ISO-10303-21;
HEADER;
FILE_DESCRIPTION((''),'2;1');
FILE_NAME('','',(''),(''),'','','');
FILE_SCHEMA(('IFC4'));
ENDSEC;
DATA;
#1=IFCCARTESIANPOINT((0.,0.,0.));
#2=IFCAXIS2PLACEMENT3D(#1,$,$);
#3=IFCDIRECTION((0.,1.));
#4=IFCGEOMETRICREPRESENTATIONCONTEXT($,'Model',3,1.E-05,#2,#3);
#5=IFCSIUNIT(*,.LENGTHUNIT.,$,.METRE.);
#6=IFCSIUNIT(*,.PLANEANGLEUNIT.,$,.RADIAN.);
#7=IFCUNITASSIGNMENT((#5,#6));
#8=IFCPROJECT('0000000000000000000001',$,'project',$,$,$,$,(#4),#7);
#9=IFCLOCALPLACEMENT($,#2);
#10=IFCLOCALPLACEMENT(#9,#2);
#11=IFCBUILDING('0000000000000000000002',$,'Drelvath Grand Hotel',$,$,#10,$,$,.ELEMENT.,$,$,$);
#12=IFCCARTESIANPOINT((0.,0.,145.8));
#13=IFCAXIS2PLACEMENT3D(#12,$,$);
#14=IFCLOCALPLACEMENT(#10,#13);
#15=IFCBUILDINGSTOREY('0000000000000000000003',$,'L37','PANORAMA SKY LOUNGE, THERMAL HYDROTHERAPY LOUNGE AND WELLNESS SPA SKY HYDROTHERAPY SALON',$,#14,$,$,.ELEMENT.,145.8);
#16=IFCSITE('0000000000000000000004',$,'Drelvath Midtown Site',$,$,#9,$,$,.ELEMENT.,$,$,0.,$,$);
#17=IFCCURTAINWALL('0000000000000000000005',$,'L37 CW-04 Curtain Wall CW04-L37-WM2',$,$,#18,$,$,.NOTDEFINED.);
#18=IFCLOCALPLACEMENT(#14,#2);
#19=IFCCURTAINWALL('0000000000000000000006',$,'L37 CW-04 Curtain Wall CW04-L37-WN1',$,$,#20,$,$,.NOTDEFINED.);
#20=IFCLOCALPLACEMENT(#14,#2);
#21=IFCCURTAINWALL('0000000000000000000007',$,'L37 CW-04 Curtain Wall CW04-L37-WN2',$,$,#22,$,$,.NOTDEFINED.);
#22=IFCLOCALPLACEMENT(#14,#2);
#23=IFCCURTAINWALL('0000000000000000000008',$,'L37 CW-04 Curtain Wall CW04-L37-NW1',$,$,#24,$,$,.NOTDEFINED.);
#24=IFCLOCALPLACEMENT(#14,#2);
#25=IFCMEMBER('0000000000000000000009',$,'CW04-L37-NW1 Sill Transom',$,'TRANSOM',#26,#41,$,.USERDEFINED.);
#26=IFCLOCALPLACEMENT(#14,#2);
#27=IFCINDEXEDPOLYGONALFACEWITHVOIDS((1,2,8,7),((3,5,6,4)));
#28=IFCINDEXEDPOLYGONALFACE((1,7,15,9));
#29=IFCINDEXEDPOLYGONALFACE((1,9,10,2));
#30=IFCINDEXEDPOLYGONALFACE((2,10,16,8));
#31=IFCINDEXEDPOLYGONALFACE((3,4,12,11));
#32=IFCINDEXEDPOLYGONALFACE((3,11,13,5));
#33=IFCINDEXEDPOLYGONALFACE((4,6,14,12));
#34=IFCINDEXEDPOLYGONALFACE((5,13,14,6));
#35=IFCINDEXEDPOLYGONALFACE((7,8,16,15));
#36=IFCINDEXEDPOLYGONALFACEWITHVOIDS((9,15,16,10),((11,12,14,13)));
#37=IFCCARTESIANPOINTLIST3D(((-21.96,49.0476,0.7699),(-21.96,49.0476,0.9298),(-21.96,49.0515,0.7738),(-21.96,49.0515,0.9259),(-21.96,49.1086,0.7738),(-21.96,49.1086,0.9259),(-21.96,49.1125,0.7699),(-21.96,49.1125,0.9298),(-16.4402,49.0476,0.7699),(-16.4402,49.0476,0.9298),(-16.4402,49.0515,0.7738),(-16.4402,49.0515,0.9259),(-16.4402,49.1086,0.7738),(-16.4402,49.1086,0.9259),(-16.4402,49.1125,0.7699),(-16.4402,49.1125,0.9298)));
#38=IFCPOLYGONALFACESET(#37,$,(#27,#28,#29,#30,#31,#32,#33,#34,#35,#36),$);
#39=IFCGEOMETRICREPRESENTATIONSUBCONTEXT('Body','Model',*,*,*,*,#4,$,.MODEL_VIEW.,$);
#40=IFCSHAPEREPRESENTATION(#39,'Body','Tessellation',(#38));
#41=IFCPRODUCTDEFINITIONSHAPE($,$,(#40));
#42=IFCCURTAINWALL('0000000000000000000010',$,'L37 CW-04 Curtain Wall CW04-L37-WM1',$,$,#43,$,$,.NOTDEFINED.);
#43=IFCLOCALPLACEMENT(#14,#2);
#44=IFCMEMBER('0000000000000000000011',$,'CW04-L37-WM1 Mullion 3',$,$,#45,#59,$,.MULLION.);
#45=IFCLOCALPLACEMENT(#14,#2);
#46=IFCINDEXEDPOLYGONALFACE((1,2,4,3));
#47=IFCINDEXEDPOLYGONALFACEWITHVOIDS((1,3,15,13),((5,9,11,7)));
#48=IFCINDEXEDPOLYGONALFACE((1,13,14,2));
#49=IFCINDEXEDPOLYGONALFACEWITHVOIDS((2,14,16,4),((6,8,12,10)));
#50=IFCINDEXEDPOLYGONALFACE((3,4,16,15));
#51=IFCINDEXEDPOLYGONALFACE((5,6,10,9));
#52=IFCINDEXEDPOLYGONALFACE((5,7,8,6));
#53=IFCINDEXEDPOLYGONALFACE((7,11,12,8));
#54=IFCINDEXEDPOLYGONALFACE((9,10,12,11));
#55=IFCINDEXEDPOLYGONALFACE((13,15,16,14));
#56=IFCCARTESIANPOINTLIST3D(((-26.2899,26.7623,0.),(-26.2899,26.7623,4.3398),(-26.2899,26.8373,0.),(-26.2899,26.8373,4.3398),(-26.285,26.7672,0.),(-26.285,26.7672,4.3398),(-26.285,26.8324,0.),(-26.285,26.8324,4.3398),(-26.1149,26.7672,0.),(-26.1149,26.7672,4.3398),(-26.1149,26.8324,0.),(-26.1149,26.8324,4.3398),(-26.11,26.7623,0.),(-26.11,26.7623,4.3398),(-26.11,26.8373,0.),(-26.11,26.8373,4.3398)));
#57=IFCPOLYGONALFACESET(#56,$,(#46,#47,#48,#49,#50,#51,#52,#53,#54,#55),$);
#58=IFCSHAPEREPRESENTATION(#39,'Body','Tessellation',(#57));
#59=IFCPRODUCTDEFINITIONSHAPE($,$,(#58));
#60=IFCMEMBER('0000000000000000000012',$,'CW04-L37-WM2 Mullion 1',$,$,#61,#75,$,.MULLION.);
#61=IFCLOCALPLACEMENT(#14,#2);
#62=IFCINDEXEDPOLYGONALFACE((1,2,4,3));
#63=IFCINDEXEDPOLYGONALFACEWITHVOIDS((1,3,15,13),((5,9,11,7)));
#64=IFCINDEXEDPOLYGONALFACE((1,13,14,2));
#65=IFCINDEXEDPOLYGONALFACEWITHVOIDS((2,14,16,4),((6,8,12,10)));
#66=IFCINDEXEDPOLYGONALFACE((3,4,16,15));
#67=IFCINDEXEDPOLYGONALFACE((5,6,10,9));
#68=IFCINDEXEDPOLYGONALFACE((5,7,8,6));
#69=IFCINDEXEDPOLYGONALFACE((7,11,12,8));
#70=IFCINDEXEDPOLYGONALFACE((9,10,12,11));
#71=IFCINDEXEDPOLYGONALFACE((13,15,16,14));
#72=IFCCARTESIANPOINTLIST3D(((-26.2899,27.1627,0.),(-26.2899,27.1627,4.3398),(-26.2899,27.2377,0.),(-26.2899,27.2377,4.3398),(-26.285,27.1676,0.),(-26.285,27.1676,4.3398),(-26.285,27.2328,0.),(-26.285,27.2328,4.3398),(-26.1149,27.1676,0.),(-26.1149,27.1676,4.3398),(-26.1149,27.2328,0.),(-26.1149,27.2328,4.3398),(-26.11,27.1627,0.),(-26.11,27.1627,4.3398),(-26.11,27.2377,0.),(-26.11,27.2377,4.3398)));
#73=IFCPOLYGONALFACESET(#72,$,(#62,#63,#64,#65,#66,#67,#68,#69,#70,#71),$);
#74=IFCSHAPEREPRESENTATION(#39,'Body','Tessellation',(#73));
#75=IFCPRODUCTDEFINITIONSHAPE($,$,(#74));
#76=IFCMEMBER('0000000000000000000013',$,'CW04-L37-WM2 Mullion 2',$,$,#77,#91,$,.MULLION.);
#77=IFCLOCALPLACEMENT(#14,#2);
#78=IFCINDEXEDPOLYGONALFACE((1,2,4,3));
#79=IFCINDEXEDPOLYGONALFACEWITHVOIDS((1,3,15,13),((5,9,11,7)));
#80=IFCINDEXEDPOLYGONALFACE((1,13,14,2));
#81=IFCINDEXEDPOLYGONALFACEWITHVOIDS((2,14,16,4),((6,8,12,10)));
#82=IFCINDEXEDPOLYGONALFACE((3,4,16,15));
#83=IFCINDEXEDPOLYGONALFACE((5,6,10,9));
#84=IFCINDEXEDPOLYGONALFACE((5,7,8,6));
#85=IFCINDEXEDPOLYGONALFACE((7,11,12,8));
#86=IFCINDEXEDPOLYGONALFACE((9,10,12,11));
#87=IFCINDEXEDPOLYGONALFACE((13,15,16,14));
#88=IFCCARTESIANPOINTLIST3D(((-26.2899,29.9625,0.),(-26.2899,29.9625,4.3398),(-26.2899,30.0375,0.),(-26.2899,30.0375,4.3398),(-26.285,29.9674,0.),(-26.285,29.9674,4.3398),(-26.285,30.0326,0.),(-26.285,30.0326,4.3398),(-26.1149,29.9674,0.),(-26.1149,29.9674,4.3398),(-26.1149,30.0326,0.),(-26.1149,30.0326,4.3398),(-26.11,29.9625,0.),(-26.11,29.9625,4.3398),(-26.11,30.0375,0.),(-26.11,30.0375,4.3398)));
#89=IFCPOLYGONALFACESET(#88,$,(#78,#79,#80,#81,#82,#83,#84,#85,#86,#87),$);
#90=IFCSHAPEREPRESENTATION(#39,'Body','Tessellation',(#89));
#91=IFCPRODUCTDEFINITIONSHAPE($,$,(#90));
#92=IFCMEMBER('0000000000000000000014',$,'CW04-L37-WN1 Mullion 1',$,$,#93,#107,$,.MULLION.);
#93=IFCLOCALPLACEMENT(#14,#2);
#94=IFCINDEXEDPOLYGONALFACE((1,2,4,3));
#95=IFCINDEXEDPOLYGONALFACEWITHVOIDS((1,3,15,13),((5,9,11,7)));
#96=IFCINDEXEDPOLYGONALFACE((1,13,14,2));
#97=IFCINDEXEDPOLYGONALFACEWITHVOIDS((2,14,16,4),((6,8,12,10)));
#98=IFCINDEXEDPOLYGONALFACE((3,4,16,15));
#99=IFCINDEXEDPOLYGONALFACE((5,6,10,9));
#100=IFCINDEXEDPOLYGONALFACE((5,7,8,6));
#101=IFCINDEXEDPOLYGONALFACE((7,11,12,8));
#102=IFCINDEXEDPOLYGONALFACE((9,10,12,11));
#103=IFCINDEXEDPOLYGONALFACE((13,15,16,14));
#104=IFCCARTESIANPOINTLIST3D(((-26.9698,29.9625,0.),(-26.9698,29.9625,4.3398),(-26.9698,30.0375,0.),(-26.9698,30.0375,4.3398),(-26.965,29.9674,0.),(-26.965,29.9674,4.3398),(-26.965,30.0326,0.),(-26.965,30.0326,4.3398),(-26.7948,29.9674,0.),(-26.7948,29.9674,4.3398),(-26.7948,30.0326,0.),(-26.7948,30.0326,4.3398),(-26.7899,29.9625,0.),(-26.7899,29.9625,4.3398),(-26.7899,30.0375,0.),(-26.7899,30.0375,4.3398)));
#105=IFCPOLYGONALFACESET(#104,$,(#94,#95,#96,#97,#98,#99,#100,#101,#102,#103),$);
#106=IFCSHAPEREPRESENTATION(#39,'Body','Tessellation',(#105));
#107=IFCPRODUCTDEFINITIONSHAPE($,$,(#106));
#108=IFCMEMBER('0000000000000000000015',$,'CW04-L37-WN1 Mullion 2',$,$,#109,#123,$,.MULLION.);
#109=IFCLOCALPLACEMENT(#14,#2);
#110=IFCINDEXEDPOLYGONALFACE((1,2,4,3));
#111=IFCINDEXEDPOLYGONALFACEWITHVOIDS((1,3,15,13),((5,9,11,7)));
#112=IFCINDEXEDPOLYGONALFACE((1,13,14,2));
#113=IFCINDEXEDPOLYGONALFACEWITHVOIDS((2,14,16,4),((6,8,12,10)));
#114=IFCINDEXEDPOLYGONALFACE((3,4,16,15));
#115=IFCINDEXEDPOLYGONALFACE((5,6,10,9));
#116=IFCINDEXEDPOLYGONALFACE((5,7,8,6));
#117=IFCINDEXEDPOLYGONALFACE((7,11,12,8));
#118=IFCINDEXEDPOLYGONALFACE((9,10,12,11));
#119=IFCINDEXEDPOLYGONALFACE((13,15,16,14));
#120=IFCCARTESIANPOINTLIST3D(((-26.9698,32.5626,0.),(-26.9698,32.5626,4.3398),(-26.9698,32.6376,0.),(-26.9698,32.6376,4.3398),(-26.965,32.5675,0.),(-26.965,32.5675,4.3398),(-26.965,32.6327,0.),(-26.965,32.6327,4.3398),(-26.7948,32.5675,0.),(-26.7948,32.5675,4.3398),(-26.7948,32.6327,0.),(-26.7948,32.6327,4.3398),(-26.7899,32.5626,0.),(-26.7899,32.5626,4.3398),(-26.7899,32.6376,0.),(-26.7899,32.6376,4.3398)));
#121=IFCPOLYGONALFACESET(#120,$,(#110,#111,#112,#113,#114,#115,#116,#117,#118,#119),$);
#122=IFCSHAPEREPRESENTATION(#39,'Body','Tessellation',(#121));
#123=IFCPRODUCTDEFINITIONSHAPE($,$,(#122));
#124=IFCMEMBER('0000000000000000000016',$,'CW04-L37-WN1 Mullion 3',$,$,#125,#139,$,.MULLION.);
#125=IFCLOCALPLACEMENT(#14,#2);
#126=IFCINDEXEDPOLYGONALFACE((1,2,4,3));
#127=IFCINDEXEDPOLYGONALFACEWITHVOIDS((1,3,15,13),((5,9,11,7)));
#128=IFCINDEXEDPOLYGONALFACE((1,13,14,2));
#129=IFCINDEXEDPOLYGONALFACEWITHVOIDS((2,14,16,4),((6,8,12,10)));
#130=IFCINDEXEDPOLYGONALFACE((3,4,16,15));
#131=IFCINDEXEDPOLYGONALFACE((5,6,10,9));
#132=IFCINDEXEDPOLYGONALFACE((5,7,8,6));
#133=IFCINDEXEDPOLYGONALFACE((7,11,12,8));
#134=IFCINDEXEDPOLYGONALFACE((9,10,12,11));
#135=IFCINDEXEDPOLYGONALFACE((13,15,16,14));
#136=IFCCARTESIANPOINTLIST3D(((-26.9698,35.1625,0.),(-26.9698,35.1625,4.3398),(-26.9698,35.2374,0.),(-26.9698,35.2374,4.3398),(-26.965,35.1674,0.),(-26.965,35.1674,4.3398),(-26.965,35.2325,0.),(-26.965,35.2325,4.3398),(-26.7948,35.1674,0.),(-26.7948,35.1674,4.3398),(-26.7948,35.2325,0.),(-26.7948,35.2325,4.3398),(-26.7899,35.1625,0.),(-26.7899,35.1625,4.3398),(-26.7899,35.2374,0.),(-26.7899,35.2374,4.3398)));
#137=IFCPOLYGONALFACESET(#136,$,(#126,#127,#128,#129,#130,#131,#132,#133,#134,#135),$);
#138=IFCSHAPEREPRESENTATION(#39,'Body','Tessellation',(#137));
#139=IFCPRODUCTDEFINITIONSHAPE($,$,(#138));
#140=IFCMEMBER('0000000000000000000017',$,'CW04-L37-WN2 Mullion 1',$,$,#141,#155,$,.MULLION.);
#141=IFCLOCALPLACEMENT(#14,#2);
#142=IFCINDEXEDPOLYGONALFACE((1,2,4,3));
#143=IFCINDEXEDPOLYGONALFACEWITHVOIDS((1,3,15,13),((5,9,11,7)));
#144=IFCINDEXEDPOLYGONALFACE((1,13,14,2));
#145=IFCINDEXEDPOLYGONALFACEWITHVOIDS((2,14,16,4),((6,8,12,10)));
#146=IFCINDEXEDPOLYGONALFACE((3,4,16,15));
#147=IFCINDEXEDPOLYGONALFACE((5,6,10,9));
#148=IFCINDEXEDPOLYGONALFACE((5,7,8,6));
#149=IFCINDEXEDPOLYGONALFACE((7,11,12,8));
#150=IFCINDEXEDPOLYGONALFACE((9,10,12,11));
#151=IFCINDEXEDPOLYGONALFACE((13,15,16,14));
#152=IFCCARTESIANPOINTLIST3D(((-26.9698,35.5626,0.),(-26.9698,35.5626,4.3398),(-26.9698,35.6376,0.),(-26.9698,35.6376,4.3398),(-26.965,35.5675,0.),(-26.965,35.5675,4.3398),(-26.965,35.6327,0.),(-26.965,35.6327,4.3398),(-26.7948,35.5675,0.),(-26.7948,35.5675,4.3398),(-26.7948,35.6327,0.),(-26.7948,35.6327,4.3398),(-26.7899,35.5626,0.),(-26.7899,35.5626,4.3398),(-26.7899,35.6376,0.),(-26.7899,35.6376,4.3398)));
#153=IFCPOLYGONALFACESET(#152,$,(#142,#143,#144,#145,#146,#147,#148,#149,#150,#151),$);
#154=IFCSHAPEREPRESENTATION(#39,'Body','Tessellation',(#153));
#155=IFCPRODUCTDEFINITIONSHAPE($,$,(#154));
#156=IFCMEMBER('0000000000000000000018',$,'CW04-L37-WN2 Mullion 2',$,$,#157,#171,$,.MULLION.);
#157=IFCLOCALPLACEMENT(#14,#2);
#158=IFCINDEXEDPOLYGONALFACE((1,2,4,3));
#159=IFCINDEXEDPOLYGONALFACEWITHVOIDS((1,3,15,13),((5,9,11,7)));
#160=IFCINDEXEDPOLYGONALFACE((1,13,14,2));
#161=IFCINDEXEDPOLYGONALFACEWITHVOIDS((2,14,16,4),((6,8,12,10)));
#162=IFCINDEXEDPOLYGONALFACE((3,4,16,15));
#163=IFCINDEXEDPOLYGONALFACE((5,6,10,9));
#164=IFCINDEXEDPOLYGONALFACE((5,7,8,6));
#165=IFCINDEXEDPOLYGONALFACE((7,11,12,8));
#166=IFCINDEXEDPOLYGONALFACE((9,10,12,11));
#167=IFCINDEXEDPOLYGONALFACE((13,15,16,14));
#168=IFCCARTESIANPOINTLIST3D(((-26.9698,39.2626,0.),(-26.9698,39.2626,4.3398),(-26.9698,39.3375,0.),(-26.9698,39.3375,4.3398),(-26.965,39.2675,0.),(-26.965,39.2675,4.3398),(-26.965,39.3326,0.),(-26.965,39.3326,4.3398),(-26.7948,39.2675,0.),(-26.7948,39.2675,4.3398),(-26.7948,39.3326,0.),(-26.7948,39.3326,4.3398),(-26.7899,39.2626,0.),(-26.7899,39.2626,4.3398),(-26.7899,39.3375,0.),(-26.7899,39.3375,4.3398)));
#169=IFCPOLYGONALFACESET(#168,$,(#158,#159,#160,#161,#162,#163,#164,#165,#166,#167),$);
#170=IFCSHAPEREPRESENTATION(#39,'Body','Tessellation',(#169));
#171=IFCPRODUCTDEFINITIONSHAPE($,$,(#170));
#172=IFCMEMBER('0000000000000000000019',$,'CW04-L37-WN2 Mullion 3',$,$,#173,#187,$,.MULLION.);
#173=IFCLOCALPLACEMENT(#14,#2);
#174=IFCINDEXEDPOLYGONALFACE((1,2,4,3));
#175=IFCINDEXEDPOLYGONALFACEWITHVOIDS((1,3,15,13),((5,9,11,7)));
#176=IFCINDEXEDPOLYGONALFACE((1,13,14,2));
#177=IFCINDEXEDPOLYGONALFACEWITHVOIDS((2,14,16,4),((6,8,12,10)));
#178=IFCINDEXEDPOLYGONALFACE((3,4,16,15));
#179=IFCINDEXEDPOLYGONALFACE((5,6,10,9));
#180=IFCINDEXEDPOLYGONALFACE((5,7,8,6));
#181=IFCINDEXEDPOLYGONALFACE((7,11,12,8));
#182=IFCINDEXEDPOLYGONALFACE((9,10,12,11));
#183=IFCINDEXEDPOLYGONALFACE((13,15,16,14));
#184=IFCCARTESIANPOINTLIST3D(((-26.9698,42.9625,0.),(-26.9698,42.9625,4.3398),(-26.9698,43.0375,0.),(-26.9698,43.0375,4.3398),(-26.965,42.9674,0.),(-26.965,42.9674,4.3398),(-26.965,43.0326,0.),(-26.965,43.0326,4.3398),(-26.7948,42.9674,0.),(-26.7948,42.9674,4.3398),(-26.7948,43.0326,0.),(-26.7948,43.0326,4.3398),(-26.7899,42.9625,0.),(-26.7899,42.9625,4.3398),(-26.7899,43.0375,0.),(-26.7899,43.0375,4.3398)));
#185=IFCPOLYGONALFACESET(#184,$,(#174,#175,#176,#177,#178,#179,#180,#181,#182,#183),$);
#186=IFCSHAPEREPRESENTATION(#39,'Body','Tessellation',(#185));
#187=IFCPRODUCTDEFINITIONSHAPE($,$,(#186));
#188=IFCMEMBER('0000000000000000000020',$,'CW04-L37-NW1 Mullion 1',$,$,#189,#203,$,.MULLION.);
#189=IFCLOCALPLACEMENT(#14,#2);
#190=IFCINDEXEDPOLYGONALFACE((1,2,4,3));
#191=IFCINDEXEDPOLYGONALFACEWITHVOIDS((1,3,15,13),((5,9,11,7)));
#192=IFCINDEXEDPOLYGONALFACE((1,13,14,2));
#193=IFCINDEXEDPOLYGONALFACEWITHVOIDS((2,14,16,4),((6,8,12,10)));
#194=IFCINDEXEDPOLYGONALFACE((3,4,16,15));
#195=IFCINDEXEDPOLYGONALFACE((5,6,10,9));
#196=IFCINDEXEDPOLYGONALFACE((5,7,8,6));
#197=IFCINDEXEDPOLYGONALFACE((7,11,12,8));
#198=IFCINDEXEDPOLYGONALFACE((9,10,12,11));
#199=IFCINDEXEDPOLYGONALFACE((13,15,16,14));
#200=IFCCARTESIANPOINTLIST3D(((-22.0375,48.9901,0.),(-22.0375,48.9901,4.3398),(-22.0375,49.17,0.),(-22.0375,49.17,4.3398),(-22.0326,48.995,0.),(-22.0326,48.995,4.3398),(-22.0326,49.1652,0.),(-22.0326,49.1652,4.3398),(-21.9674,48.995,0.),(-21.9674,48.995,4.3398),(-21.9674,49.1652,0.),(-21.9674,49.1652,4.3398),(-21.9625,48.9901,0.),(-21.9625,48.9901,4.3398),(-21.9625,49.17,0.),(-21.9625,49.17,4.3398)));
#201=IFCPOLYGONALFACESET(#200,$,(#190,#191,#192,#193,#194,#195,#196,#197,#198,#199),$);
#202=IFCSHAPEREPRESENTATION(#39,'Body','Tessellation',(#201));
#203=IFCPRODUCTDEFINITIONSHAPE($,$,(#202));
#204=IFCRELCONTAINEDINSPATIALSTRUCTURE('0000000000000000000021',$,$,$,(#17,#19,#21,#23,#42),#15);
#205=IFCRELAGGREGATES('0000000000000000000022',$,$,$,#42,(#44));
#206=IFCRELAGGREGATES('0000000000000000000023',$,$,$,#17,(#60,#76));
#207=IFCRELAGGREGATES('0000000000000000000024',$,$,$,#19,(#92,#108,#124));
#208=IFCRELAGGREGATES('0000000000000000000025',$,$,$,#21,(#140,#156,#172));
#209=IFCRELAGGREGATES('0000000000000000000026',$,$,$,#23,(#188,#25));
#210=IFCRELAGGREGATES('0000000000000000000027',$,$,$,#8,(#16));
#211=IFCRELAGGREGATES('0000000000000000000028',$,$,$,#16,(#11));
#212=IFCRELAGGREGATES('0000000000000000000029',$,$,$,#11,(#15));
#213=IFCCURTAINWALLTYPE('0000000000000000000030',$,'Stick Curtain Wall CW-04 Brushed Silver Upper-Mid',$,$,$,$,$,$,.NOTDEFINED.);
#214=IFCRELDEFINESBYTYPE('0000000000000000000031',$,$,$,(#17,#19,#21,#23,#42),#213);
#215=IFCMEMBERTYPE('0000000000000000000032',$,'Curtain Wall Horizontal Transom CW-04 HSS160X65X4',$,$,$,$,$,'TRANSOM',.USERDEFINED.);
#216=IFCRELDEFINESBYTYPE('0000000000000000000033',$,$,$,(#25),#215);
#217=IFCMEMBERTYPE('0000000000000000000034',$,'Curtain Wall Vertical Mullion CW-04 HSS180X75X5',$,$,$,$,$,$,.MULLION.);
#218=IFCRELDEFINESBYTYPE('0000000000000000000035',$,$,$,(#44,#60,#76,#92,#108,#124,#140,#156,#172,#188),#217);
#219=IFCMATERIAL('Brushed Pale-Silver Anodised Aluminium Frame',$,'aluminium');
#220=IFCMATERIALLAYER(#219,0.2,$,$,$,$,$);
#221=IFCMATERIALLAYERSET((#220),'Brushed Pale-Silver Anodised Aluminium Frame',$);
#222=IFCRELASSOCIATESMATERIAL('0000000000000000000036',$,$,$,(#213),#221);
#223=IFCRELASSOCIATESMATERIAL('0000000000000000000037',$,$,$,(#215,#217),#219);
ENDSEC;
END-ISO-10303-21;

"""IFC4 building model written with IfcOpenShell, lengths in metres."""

from ifc_helpers import new_model, si_unit, direction, frame, origin, origin_2d, place, context, subcontext, project, spatial, hollow_rectangle, extrude, material, layer, layer_set, material_profile, profile_set, type_object, element, aggregate, save


model = new_model("IFC4")

# Units and contexts
model_context = context("Model", 3, precision=1e-05, world=origin(), true_north=direction((0.0, 1.0)))
body_context = subcontext(model_context, "Body", "Model", "MODEL_VIEW")
ifc_project = project(units=[si_unit("LENGTHUNIT", "METRE"), si_unit("PLANEANGLEUNIT", "RADIAN")], contexts=[model_context])

# Site, building, storey
site_placement = place(None, origin())
site = spatial("IfcSite", under=ifc_project, at=site_placement, Name="Drelvath Midtown Site", CompositionType="ELEMENT", RefElevation=0.0)
building_placement = place(site_placement, origin())
building = spatial("IfcBuilding", under=site, at=building_placement, Name="Drelvath Grand Hotel", CompositionType="ELEMENT")
storey_placement = place(building_placement, frame((0.0, 0.0, 145.8)))
storey = spatial("IfcBuildingStorey", under=building, at=storey_placement, Name="L37", Description="PANORAMA SKY LOUNGE, THERMAL HYDROTHERAPY LOUNGE AND WELLNESS SPA SKY HYDROTHERAPY SALON", CompositionType="ELEMENT", Elevation=145.8)

# Curtain walls, members
ifc_material_1 = material(Name="Brushed Pale-Silver Anodised Aluminium Frame", Category="aluminium")
ifc_layer_1 = layer(ifc_material_1, 0.2)
ifc_layer_set_1 = layer_set([ifc_layer_1], Name="Brushed Pale-Silver Anodised Aluminium Frame")
curtain_wall_type = type_object("IfcCurtainWallType", Name="Stick Curtain Wall CW-04 Brushed Silver Upper-Mid", PredefinedType="NOTDEFINED", material=ifc_layer_set_1)
curtain_wall_1_placement = place(storey_placement, origin())
curtain_wall_1 = element("IfcCurtainWall", 1, at=curtain_wall_1_placement, inside=storey, type_object=curtain_wall_type, Name="L37 CW-04 Curtain Wall CW04-L37-WM2", PredefinedType="NOTDEFINED")
ifc_material_profile_1 = material_profile(ifc_material_1, hollow_rectangle(XDim=0.0649, YDim=0.1599, WallThickness=0.0039, at=origin_2d()), Name="HSS160X65X4")
ifc_profile_set_1 = profile_set([ifc_material_profile_1], Name="Brushed Pale-Silver Anodised Aluminium Frame")
member_type_1 = type_object("IfcMemberType", Name="Curtain Wall Horizontal Transom CW-04 HSS160X65X4", ElementType="TRANSOM", PredefinedType="USERDEFINED", material=ifc_profile_set_1)
curtain_wall_2_placement = place(storey_placement, origin())
curtain_wall_2 = element("IfcCurtainWall", 2, at=curtain_wall_2_placement, inside=storey, type_object=curtain_wall_type, Name="L37 CW-04 Curtain Wall CW04-L37-WN1", PredefinedType="NOTDEFINED")
curtain_wall_3_placement = place(storey_placement, origin())
curtain_wall_3 = element("IfcCurtainWall", 3, at=curtain_wall_3_placement, inside=storey, type_object=curtain_wall_type, Name="L37 CW-04 Curtain Wall CW04-L37-WN2", PredefinedType="NOTDEFINED")
curtain_wall_4_placement = place(storey_placement, origin())
curtain_wall_4 = element("IfcCurtainWall", 4, at=curtain_wall_4_placement, inside=storey, type_object=curtain_wall_type, Name="L37 CW-04 Curtain Wall CW04-L37-NW1", PredefinedType="NOTDEFINED")
member_1_placement = place(storey_placement, frame((-21.96, 49.0801, 0.8499), z_axis=(1.0, 0.0, 0.0), x_axis=(0.0, 1.0, 0.0)))
member_1 = element("IfcMember", 5, at=member_1_placement, type_object=member_type_1, Name="CW04-L37-NW1 Sill Transom", ObjectType="TRANSOM", PredefinedType="USERDEFINED", context=body_context, shape_type="SweptSolid", body=[
    extrude(hollow_rectangle(XDim=0.0649, YDim=0.1599, WallThickness=0.0039, at=origin_2d()), origin(), (0.0, 0.0, 1.0), 5.5198),
])
curtain_wall_5_placement = place(storey_placement, origin())
curtain_wall_5 = element("IfcCurtainWall", 6, at=curtain_wall_5_placement, inside=storey, type_object=curtain_wall_type, Name="L37 CW-04 Curtain Wall CW04-L37-WM1", PredefinedType="NOTDEFINED")
ifc_material_profile_2 = material_profile(ifc_material_1, hollow_rectangle(XDim=0.075, YDim=0.1799, WallThickness=0.0049, at=origin_2d()), Name="HSS180X75X5")
ifc_profile_set_2 = profile_set([ifc_material_profile_2], Name="Brushed Pale-Silver Anodised Aluminium Frame")
member_type_2 = type_object("IfcMemberType", Name="Curtain Wall Vertical Mullion CW-04 HSS180X75X5", PredefinedType="MULLION", material=ifc_profile_set_2)
member_2_placement = place(storey_placement, frame((-26.2, 26.7998, 0.0), z_axis=(0.0, 0.0, 1.0), x_axis=(0.0, 1.0, 0.0)))
member_2 = element("IfcMember", 7, at=member_2_placement, type_object=member_type_2, Name="CW04-L37-WM1 Mullion 3", PredefinedType="MULLION", context=body_context, shape_type="SweptSolid", body=[
    extrude(hollow_rectangle(XDim=0.075, YDim=0.1799, WallThickness=0.0049, at=origin_2d()), origin(), (0.0, 0.0, 1.0), 4.3398),
])
aggregate(curtain_wall_5, [member_2])

# Members
member_3_placement = place(storey_placement, frame((-26.2, 27.2002, 0.0), z_axis=(0.0, 0.0, 1.0), x_axis=(0.0, 1.0, 0.0)))
member_3 = element("IfcMember", 8, at=member_3_placement, type_object=member_type_2, Name="CW04-L37-WM2 Mullion 1", PredefinedType="MULLION", context=body_context, shape_type="SweptSolid", body=[
    extrude(hollow_rectangle(XDim=0.075, YDim=0.1799, WallThickness=0.0049, at=origin_2d()), origin(), (0.0, 0.0, 1.0), 4.3398),
])
member_4_placement = place(storey_placement, frame((-26.2, 30.0, 0.0), z_axis=(0.0, 0.0, 1.0), x_axis=(0.0, 1.0, 0.0)))
member_4 = element("IfcMember", 9, at=member_4_placement, type_object=member_type_2, Name="CW04-L37-WM2 Mullion 2", PredefinedType="MULLION", context=body_context, shape_type="SweptSolid", body=[
    extrude(hollow_rectangle(XDim=0.075, YDim=0.1799, WallThickness=0.0049, at=origin_2d()), origin(), (0.0, 0.0, 1.0), 4.3398),
])
member_5_placement = place(storey_placement, frame((-26.8799, 30.0, 0.0), z_axis=(0.0, 0.0, 1.0), x_axis=(0.0, 1.0, 0.0)))
member_5 = element("IfcMember", 10, at=member_5_placement, type_object=member_type_2, Name="CW04-L37-WN1 Mullion 1", PredefinedType="MULLION", context=body_context, shape_type="SweptSolid", body=[
    extrude(hollow_rectangle(XDim=0.075, YDim=0.1799, WallThickness=0.0049, at=origin_2d()), origin(), (0.0, 0.0, 1.0), 4.3398),
])
member_6_placement = place(storey_placement, frame((-26.8799, 32.6001, 0.0), z_axis=(0.0, 0.0, 1.0), x_axis=(0.0, 1.0, 0.0)))
member_6 = element("IfcMember", 11, at=member_6_placement, type_object=member_type_2, Name="CW04-L37-WN1 Mullion 2", PredefinedType="MULLION", context=body_context, shape_type="SweptSolid", body=[
    extrude(hollow_rectangle(XDim=0.075, YDim=0.1799, WallThickness=0.0049, at=origin_2d()), origin(), (0.0, 0.0, 1.0), 4.3398),
])
member_7_placement = place(storey_placement, frame((-26.8799, 35.2, 0.0), z_axis=(0.0, 0.0, 1.0), x_axis=(0.0, 1.0, 0.0)))
member_7 = element("IfcMember", 12, at=member_7_placement, type_object=member_type_2, Name="CW04-L37-WN1 Mullion 3", PredefinedType="MULLION", context=body_context, shape_type="SweptSolid", body=[
    extrude(hollow_rectangle(XDim=0.075, YDim=0.1799, WallThickness=0.0049, at=origin_2d()), origin(), (0.0, 0.0, 1.0), 4.3398),
])
member_8_placement = place(storey_placement, frame((-26.8799, 35.6001, 0.0), z_axis=(0.0, 0.0, 1.0), x_axis=(0.0, 1.0, 0.0)))
member_8 = element("IfcMember", 13, at=member_8_placement, type_object=member_type_2, Name="CW04-L37-WN2 Mullion 1", PredefinedType="MULLION", context=body_context, shape_type="SweptSolid", body=[
    extrude(hollow_rectangle(XDim=0.075, YDim=0.1799, WallThickness=0.0049, at=origin_2d()), origin(), (0.0, 0.0, 1.0), 4.3398),
])
member_9_placement = place(storey_placement, frame((-26.8799, 39.3, 0.0), z_axis=(0.0, 0.0, 1.0), x_axis=(0.0, 1.0, 0.0)))
member_9 = element("IfcMember", 14, at=member_9_placement, type_object=member_type_2, Name="CW04-L37-WN2 Mullion 2", PredefinedType="MULLION", context=body_context, shape_type="SweptSolid", body=[
    extrude(hollow_rectangle(XDim=0.075, YDim=0.1799, WallThickness=0.0049, at=origin_2d()), origin(), (0.0, 0.0, 1.0), 4.3398),
])
member_10_placement = place(storey_placement, frame((-26.8799, 43.0, 0.0), z_axis=(0.0, 0.0, 1.0), x_axis=(0.0, 1.0, 0.0)))
member_10 = element("IfcMember", 15, at=member_10_placement, type_object=member_type_2, Name="CW04-L37-WN2 Mullion 3", PredefinedType="MULLION", context=body_context, shape_type="SweptSolid", body=[
    extrude(hollow_rectangle(XDim=0.075, YDim=0.1799, WallThickness=0.0049, at=origin_2d()), origin(), (0.0, 0.0, 1.0), 4.3398),
])
member_11_placement = place(storey_placement, frame((-22.0, 49.0801, 0.0), z_axis=(0.0, 0.0, 1.0), x_axis=(1.0, 0.0, 0.0)))
member_11 = element("IfcMember", 16, at=member_11_placement, type_object=member_type_2, Name="CW04-L37-NW1 Mullion 1", PredefinedType="MULLION", context=body_context, shape_type="SweptSolid", body=[
    extrude(hollow_rectangle(XDim=0.075, YDim=0.1799, WallThickness=0.0049, at=origin_2d()), origin(), (0.0, 0.0, 1.0), 4.3398),
])

aggregate(curtain_wall_1, [member_3, member_4])
aggregate(curtain_wall_2, [member_5, member_6, member_7])
aggregate(curtain_wall_3, [member_8, member_9, member_10])
aggregate(curtain_wall_4, [member_11, member_1])

save(model, "model.ifc")
